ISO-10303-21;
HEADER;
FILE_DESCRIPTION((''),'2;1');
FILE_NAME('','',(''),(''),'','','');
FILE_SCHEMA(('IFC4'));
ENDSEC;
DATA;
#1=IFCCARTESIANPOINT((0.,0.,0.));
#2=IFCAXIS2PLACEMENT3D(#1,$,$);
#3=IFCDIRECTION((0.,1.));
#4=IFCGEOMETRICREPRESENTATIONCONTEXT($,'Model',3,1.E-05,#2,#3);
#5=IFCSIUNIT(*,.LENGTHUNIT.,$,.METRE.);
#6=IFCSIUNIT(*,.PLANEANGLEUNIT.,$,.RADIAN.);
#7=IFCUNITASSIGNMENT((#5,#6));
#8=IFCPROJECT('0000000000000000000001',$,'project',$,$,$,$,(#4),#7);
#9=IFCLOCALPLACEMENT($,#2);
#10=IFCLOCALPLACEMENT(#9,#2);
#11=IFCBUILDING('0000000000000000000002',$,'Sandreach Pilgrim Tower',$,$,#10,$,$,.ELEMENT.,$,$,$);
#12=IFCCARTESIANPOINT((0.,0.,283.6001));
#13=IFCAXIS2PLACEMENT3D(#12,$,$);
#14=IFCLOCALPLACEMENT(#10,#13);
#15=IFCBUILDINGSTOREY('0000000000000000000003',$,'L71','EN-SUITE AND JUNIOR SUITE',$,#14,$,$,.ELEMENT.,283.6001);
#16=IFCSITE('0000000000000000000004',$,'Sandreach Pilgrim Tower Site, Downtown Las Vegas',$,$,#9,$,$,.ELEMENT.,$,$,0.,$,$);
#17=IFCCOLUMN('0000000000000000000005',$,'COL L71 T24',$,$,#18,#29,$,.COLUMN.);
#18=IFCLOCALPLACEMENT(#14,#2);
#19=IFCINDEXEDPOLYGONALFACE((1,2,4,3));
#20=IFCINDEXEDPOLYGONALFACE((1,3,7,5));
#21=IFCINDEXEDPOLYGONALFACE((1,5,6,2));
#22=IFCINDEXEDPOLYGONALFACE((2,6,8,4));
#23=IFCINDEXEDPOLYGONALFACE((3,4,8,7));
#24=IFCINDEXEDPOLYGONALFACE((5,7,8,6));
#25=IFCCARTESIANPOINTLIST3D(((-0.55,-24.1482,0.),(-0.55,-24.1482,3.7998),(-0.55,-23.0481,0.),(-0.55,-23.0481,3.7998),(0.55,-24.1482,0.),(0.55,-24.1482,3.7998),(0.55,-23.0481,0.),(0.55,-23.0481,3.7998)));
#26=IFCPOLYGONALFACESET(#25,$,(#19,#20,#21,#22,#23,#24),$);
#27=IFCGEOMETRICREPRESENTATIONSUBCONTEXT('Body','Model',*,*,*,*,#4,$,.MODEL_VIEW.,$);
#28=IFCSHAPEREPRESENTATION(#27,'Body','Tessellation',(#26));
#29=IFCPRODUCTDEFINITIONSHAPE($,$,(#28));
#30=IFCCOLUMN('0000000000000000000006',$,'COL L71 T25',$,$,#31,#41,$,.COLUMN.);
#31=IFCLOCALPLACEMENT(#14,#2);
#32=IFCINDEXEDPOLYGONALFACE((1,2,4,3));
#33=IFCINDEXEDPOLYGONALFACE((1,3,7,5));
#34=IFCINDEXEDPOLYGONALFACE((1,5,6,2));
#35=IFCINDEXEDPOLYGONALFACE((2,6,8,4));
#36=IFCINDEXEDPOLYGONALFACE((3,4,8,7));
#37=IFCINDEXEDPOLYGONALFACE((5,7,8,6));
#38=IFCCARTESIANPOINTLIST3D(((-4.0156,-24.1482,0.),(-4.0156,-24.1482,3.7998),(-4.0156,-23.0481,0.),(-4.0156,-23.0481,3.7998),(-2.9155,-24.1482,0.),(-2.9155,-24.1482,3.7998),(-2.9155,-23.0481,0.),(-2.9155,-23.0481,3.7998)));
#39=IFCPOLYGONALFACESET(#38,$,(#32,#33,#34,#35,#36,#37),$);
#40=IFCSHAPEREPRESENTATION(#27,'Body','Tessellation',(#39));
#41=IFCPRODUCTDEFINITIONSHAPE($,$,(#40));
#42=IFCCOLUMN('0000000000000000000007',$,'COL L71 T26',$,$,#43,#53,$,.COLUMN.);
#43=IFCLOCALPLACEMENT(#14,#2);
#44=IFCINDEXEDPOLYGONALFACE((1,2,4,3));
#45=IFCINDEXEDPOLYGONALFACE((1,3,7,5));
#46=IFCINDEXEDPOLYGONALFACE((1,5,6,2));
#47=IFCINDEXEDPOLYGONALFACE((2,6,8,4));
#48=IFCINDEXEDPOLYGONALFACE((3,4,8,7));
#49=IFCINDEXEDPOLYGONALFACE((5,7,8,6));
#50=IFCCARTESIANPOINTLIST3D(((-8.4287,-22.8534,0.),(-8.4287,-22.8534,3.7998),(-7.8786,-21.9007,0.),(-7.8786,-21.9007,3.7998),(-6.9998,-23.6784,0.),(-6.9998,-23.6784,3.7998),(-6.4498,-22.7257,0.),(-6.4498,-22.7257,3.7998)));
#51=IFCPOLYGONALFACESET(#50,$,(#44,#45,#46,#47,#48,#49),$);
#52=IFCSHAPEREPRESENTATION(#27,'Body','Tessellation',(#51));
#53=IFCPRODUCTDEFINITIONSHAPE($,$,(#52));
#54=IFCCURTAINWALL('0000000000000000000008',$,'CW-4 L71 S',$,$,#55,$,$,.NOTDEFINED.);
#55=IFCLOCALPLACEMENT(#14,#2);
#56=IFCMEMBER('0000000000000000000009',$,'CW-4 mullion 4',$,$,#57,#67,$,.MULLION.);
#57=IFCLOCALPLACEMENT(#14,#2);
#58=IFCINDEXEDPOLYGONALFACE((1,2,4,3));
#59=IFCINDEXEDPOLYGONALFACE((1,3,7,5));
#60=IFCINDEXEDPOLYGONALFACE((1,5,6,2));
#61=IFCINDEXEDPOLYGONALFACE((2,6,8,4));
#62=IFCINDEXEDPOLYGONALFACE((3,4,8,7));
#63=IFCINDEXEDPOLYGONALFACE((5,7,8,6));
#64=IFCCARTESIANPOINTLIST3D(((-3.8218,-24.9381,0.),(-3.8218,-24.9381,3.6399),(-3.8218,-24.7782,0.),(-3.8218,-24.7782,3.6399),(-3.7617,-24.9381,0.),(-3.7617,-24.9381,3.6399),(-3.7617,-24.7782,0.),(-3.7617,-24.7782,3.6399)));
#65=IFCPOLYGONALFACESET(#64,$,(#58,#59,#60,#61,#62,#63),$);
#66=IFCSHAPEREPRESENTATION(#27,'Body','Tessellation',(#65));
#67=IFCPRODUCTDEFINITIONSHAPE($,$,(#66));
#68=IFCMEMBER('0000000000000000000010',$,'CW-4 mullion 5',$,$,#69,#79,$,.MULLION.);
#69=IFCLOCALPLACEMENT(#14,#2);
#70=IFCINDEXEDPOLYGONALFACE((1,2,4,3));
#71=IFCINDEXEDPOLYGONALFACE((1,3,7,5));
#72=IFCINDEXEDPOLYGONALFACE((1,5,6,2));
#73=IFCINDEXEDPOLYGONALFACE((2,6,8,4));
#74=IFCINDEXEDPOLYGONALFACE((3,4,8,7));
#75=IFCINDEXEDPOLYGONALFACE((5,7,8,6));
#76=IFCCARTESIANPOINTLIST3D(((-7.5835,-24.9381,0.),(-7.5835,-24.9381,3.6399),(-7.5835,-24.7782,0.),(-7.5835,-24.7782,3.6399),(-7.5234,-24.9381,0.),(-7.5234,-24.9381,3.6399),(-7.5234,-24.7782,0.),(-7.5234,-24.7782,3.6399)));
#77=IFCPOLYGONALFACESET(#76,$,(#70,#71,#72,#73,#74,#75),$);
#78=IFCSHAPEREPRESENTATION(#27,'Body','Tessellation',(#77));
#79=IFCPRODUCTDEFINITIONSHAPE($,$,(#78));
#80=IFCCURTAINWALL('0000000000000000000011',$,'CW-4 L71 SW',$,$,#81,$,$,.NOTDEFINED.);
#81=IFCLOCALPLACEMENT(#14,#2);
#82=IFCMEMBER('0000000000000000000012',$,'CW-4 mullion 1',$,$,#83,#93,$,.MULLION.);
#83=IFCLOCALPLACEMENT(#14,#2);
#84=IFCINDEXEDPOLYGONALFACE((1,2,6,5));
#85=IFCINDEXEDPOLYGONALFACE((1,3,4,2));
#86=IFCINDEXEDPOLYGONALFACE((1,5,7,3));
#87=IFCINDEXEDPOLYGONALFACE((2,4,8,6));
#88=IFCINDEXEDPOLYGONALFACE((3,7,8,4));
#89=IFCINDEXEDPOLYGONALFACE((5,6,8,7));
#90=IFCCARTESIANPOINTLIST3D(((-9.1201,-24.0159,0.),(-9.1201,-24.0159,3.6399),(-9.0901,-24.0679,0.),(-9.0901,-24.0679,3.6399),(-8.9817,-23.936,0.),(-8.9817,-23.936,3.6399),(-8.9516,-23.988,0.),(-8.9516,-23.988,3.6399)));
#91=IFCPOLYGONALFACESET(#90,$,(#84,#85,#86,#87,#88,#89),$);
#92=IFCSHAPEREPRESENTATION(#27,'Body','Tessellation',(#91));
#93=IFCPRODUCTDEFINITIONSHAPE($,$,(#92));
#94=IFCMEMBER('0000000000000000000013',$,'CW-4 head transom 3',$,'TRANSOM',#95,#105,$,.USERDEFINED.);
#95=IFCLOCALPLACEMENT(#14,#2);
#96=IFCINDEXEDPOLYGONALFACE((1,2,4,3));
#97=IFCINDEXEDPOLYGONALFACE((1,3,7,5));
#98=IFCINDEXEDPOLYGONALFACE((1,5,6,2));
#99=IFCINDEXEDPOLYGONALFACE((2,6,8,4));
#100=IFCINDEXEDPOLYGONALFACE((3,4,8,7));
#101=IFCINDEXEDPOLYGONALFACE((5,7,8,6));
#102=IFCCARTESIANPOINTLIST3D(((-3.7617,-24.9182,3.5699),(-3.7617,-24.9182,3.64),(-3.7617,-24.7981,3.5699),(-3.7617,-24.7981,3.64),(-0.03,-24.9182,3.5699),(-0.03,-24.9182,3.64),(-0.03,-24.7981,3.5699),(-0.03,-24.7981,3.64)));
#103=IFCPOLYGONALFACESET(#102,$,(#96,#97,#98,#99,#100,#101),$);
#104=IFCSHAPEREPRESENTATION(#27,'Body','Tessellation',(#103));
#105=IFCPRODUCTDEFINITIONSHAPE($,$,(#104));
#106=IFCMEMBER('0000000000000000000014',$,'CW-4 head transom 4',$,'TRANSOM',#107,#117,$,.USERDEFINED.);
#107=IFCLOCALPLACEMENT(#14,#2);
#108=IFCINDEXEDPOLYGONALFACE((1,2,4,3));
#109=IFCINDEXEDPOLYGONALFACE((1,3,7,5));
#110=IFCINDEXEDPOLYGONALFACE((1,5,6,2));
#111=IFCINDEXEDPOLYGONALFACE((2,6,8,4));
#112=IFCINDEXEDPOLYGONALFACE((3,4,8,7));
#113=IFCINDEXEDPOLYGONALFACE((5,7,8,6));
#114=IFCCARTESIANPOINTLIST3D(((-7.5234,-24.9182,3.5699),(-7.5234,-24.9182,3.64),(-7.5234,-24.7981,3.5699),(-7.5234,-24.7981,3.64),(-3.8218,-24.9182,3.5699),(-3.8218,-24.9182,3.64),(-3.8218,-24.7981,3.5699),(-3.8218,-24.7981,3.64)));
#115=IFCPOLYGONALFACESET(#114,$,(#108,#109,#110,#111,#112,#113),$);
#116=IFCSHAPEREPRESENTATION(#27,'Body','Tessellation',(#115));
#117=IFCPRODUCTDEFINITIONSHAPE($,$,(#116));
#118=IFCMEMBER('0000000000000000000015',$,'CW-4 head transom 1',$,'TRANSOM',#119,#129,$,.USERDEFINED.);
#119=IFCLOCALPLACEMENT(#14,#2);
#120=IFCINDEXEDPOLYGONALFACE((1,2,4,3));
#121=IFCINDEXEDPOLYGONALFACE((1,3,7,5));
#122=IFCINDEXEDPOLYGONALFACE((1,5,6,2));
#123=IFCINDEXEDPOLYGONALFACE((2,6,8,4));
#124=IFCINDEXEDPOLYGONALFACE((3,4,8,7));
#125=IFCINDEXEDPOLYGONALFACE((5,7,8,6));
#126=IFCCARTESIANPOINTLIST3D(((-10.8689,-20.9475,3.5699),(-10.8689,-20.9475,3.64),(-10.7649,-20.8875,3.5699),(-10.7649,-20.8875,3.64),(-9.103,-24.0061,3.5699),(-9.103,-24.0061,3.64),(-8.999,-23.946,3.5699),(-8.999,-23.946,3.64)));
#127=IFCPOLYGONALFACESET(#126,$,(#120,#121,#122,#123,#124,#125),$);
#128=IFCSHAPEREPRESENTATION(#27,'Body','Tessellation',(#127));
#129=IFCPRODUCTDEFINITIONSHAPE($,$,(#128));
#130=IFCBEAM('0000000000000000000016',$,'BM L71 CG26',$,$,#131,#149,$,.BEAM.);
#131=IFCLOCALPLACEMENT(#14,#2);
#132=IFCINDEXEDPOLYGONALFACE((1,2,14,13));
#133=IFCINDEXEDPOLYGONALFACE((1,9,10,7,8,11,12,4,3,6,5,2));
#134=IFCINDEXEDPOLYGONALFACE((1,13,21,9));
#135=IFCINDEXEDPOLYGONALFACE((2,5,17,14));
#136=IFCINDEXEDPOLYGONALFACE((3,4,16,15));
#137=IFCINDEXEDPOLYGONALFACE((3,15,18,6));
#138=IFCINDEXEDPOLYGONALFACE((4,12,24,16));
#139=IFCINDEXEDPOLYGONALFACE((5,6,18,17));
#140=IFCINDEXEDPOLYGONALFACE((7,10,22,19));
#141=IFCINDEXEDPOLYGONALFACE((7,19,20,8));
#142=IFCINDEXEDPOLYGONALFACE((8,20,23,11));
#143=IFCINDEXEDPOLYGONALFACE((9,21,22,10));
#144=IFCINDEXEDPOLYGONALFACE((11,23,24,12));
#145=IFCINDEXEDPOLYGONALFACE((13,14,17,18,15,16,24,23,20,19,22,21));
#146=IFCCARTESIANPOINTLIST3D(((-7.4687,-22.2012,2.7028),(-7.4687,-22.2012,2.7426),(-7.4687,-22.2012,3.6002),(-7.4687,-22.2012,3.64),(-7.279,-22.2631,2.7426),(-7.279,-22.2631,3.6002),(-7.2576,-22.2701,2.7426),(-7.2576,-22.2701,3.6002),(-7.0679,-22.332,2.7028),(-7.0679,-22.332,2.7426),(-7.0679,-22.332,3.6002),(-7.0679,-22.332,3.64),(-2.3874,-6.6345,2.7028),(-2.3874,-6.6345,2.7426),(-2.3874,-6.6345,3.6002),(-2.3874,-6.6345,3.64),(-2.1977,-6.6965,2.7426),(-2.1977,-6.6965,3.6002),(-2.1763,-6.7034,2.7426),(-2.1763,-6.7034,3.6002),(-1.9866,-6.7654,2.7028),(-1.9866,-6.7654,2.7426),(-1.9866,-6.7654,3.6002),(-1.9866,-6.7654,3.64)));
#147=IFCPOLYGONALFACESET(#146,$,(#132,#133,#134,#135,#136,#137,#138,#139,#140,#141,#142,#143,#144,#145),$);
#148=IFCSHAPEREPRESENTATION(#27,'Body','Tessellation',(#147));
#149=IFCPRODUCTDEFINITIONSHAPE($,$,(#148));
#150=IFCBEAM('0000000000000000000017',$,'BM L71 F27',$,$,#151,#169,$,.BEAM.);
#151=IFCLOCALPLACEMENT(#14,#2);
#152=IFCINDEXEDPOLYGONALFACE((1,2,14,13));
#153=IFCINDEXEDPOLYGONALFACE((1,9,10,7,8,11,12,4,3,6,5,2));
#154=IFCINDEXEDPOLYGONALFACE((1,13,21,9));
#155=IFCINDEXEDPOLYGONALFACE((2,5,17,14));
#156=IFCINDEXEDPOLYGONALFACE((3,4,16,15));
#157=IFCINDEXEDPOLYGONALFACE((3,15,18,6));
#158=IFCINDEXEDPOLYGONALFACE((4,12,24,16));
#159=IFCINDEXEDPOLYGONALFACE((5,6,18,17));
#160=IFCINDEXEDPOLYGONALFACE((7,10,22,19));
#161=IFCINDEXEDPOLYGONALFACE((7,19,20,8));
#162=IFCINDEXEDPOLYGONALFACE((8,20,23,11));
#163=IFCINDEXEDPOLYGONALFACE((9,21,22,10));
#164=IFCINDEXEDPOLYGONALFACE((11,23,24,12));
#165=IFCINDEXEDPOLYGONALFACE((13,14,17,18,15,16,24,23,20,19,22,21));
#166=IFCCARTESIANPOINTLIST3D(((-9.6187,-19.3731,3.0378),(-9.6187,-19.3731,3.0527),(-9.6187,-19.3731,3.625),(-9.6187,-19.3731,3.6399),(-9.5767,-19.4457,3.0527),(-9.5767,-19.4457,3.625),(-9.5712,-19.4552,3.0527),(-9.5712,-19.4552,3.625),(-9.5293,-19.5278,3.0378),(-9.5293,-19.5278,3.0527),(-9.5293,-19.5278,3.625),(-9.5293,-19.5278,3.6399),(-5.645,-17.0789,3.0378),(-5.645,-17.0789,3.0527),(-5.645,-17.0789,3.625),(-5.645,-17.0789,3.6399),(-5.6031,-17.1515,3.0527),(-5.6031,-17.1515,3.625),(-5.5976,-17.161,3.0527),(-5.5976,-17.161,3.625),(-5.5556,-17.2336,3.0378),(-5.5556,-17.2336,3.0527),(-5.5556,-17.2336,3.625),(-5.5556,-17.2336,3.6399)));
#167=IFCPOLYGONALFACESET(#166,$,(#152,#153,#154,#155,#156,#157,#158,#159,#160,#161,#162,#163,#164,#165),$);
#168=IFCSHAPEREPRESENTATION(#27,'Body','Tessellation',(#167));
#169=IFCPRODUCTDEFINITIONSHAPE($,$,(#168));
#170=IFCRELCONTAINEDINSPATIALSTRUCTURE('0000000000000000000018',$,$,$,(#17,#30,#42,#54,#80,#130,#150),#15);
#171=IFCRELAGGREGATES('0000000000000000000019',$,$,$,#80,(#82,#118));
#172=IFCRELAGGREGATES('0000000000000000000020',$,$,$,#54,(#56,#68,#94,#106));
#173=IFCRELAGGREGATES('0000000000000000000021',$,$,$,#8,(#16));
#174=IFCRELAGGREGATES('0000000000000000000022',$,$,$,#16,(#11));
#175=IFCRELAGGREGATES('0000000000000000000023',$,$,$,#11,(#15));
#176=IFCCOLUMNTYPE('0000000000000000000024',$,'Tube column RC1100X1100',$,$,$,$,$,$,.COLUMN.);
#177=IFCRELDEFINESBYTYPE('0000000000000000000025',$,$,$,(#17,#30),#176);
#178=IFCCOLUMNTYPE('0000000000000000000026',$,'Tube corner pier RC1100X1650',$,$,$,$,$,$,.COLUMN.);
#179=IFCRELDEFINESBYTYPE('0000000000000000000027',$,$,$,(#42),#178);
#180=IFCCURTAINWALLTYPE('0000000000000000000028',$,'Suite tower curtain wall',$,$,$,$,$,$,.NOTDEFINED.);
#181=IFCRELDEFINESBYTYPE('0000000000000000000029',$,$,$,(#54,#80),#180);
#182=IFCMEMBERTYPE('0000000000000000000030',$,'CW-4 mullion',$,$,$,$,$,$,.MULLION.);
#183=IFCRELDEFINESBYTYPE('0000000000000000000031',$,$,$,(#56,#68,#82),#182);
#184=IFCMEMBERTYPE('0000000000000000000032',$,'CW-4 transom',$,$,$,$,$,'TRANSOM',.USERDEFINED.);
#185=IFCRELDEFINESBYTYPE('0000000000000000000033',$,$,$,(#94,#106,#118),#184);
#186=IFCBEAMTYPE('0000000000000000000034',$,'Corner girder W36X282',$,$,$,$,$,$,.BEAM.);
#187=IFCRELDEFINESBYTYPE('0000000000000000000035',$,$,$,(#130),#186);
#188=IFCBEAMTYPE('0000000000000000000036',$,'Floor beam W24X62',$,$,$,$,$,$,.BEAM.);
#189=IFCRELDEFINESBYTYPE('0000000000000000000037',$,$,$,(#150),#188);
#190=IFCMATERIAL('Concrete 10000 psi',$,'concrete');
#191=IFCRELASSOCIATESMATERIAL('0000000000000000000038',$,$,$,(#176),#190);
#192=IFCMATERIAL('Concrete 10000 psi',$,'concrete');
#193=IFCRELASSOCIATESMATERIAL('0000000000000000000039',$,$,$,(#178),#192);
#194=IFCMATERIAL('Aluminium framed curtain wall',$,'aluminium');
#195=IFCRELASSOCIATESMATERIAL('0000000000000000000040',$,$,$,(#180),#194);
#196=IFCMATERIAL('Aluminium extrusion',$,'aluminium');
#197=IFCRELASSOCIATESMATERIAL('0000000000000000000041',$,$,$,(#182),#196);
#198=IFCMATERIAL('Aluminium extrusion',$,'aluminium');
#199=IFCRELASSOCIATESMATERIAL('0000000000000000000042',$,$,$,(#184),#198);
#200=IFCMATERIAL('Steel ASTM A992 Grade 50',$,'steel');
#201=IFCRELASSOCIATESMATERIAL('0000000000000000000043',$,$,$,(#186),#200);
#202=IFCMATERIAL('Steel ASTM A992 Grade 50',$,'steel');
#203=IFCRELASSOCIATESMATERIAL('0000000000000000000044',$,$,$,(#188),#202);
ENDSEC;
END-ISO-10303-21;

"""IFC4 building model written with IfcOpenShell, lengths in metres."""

from ifc_helpers import new_model, si_unit, direction, frame, origin, origin_2d, place, context, subcontext, project, spatial, rectangle, i_section, extrude, material, material_profile, profile_set, type_object, element, aggregate, save


model = new_model("IFC4")

# Units and contexts
model_context = context("Model", 3, precision=1e-05, world=origin(), true_north=direction((0.0, 1.0)))
body_context = subcontext(model_context, "Body", "Model", "MODEL_VIEW")
ifc_project = project(units=[si_unit("LENGTHUNIT", "METRE"), si_unit("PLANEANGLEUNIT", "RADIAN")], contexts=[model_context])

# Site, building, storey
site_placement = place(None, origin())
site = spatial("IfcSite", under=ifc_project, at=site_placement, Name="Sandreach Pilgrim Tower Site, Downtown Las Vegas", CompositionType="ELEMENT", RefElevation=0.0)
building_placement = place(site_placement, origin())
building = spatial("IfcBuilding", under=site, at=building_placement, Name="Sandreach Pilgrim Tower", CompositionType="ELEMENT")
storey_placement = place(building_placement, frame((0.0, 0.0, 283.6001)))
storey = spatial("IfcBuildingStorey", under=building, at=storey_placement, Name="L71", Description="EN-SUITE AND JUNIOR SUITE", CompositionType="ELEMENT", Elevation=283.6001)

# Columns
ifc_material_1 = material(Name="Concrete 10000 psi", Category="concrete")
ifc_material_profile_1 = material_profile(ifc_material_1, rectangle(XDim=1.1001, YDim=1.1001, at=origin_2d()), Name="RC1100X1100")
ifc_profile_set_1 = profile_set([ifc_material_profile_1], Name="Concrete 10000 psi")
column_type_1 = type_object("IfcColumnType", Name="Tube column RC1100X1100", PredefinedType="COLUMN", material=ifc_profile_set_1)
for number, where, z_axis, x_axis, name in (
    (1, (0.0, -23.5981, 0.0), (0.0, 0.0, 1.0), (0.0, -1.0, 0.0), "COL L71 T24"),
    (2, (-3.4656, -23.5981, 0.0), (0.0, 0.0, 1.0), (0.0, -1.0, 0.0), "COL L71 T25"),
):
    element("IfcColumn", number, at=place(storey_placement, frame(where, z_axis=z_axis, x_axis=x_axis)), inside=storey, type_object=column_type_1, Name=name, PredefinedType="COLUMN", context=body_context, shape_type="SweptSolid", body=[
        extrude(rectangle(XDim=1.1001, YDim=1.1001, at=origin_2d()), origin(), (0.0, 0.0, 1.0), 3.7998),
    ])
ifc_material_2 = material(Name="Concrete 10000 psi", Category="concrete")
ifc_material_profile_2 = material_profile(ifc_material_2, rectangle(XDim=1.1001, YDim=1.6499, at=origin_2d()), Name="RC1100X1650")
ifc_profile_set_2 = profile_set([ifc_material_profile_2], Name="Concrete 10000 psi")
column_type_2 = type_object("IfcColumnType", Name="Tube corner pier RC1100X1650", PredefinedType="COLUMN", material=ifc_profile_set_2)
column_placement = place(storey_placement, frame((-7.4392, -22.7896, 0.0), z_axis=(0.0, 0.0, 1.0), x_axis=(-0.5, -0.866025, 0.0)))
element("IfcColumn", 3, at=column_placement, inside=storey, type_object=column_type_2, Name="COL L71 T26", PredefinedType="COLUMN", context=body_context, shape_type="SweptSolid", body=[
    extrude(rectangle(XDim=1.1001, YDim=1.6499, at=origin_2d()), origin(), (0.0, 0.0, 1.0), 3.7998),
])

# Curtain wall, members
ifc_material_3 = material(Name="Aluminium framed curtain wall", Category="aluminium")
curtain_wall_type = type_object("IfcCurtainWallType", Name="Suite tower curtain wall", PredefinedType="NOTDEFINED", material=ifc_material_3)
curtain_wall_1_placement = place(storey_placement, origin())
curtain_wall_1 = element("IfcCurtainWall", 4, at=curtain_wall_1_placement, inside=storey, type_object=curtain_wall_type, Name="CW-4 L71 S", PredefinedType="NOTDEFINED")
ifc_material_4 = material(Name="Aluminium extrusion", Category="aluminium")
ifc_material_profile_3 = material_profile(ifc_material_4, rectangle(XDim=0.0601, YDim=0.1599, at=origin_2d()), Name="CW-4M 60X160")
ifc_profile_set_3 = profile_set([ifc_material_profile_3], Name="Aluminium extrusion")
member_type_1 = type_object("IfcMemberType", Name="CW-4 mullion", PredefinedType="MULLION", material=ifc_profile_set_3)
member_1_placement = place(storey_placement, frame((-3.7917, -24.8582, 0.0), z_axis=(0.0, 0.0, 1.0), x_axis=(-1.0, 0.0, 0.0)))
member_1 = element("IfcMember", 5, at=member_1_placement, type_object=member_type_1, Name="CW-4 mullion 4", PredefinedType="MULLION", context=body_context, shape_type="SweptSolid", body=[
    extrude(rectangle(XDim=0.0601, YDim=0.1599, at=origin_2d()), origin(), (0.0, 0.0, 1.0), 3.6399),
])
member_2_placement = place(storey_placement, frame((-7.5535, -24.8582, 0.0), z_axis=(0.0, 0.0, 1.0), x_axis=(-1.0, 0.0, 0.0)))
member_2 = element("IfcMember", 6, at=member_2_placement, type_object=member_type_1, Name="CW-4 mullion 5", PredefinedType="MULLION", context=body_context, shape_type="SweptSolid", body=[
    extrude(rectangle(XDim=0.0601, YDim=0.1599, at=origin_2d()), origin(), (0.0, 0.0, 1.0), 3.6399),
])

# Curtain wall, member
curtain_wall_2_placement = place(storey_placement, origin())
curtain_wall_2 = element("IfcCurtainWall", 7, at=curtain_wall_2_placement, inside=storey, type_object=curtain_wall_type, Name="CW-4 L71 SW", PredefinedType="NOTDEFINED")
member_3_placement = place(storey_placement, frame((-9.0359, -24.002, 0.0), z_axis=(0.0, 0.0, 1.0), x_axis=(-0.5, 0.866025, 0.0)))
member_3 = element("IfcMember", 8, at=member_3_placement, type_object=member_type_1, Name="CW-4 mullion 1", PredefinedType="MULLION", context=body_context, shape_type="SweptSolid", body=[
    extrude(rectangle(XDim=0.0601, YDim=0.1599, at=origin_2d()), origin(), (0.0, 0.0, 1.0), 3.6399),
])

# Members
ifc_material_5 = material(Name="Aluminium extrusion", Category="aluminium")
ifc_material_profile_4 = material_profile(ifc_material_5, rectangle(XDim=0.1201, YDim=0.0701, at=origin_2d()), Name="CW-4T 120X70")
ifc_profile_set_4 = profile_set([ifc_material_profile_4], Name="Aluminium extrusion")
member_type_2 = type_object("IfcMemberType", Name="CW-4 transom", ElementType="TRANSOM", PredefinedType="USERDEFINED", material=ifc_profile_set_4)
member_4_placement = place(storey_placement, frame((-0.03, -24.8582, 3.605), z_axis=(-1.0, 0.0, 0.0), x_axis=(0.0, -1.0, 0.0)))
member_4 = element("IfcMember", 9, at=member_4_placement, type_object=member_type_2, Name="CW-4 head transom 3", ObjectType="TRANSOM", PredefinedType="USERDEFINED", context=body_context, shape_type="SweptSolid", body=[
    extrude(rectangle(XDim=0.1201, YDim=0.0701, at=origin_2d()), origin(), (0.0, 0.0, 1.0), 3.7317),
])
member_5_placement = place(storey_placement, frame((-3.8218, -24.8582, 3.605), z_axis=(-1.0, 0.0, 0.0), x_axis=(0.0, -1.0, 0.0)))
member_5 = element("IfcMember", 10, at=member_5_placement, type_object=member_type_2, Name="CW-4 head transom 4", ObjectType="TRANSOM", PredefinedType="USERDEFINED", context=body_context, shape_type="SweptSolid", body=[
    extrude(rectangle(XDim=0.1201, YDim=0.0701, at=origin_2d()), origin(), (0.0, 0.0, 1.0), 3.7017),
])
member_6_placement = place(storey_placement, frame((-9.051, -23.9761, 3.605), z_axis=(-0.499998, 0.866027, 0.0), x_axis=(-0.866027, -0.499998, 0.0)))
member_6 = element("IfcMember", 11, at=member_6_placement, type_object=member_type_2, Name="CW-4 head transom 1", ObjectType="TRANSOM", PredefinedType="USERDEFINED", context=body_context, shape_type="SweptSolid", body=[
    extrude(rectangle(XDim=0.1201, YDim=0.0701, at=origin_2d()), origin(), (0.0, 0.0, 1.0), 3.5317),
])
aggregate(curtain_wall_2, [member_3, member_6])

# Beams
ifc_material_6 = material(Name="Steel ASTM A992 Grade 50", Category="steel")
ifc_material_profile_5 = material_profile(ifc_material_6, i_section(OverallWidth=0.4216, OverallDepth=0.9373, WebThickness=0.0225, FlangeThickness=0.0398, at=origin_2d()), Name="W36X282")
ifc_profile_set_5 = profile_set([ifc_material_profile_5], Name="Steel ASTM A992 Grade 50")
beam_type_1 = type_object("IfcBeamType", Name="Corner girder W36X282", PredefinedType="BEAM", material=ifc_profile_set_5)
beam_1_placement = place(storey_placement, frame((-7.2683, -22.2666, 3.1714), z_axis=(0.310309, 0.950636, 0.0), x_axis=(-0.950636, 0.310309, 0.0)))
element("IfcBeam", 12, at=beam_1_placement, inside=storey, type_object=beam_type_1, Name="BM L71 CG26", PredefinedType="BEAM", context=body_context, shape_type="SweptSolid", body=[
    extrude(i_section(OverallWidth=0.4216, OverallDepth=0.9373, WebThickness=0.0225, FlangeThickness=0.0398, at=origin_2d()), origin(), (0.0, 0.0, 1.0), 16.375),
])
ifc_material_7 = material(Name="Steel ASTM A992 Grade 50", Category="steel")
ifc_material_profile_6 = material_profile(ifc_material_7, i_section(OverallWidth=0.1787, OverallDepth=0.6021, WebThickness=0.011, FlangeThickness=0.0149, at=origin_2d()), Name="W24X62")
ifc_profile_set_6 = profile_set([ifc_material_profile_6], Name="Steel ASTM A992 Grade 50")
beam_type_2 = type_object("IfcBeamType", Name="Floor beam W24X62", PredefinedType="BEAM", material=ifc_profile_set_6)
beam_2_placement = place(storey_placement, frame((-9.574, -19.4504, 3.3389), z_axis=(0.866024, 0.500002, 0.0), x_axis=(-0.500002, 0.866024, 0.0)))
element("IfcBeam", 13, at=beam_2_placement, inside=storey, type_object=beam_type_2, Name="BM L71 F27", PredefinedType="BEAM", context=body_context, shape_type="SweptSolid", body=[
    extrude(i_section(OverallWidth=0.1787, OverallDepth=0.6021, WebThickness=0.011, FlangeThickness=0.0149, at=origin_2d()), origin(), (0.0, 0.0, 1.0), 4.5884),
])

aggregate(curtain_wall_1, [member_1, member_2, member_4, member_5])

save(model, "model.ifc")
